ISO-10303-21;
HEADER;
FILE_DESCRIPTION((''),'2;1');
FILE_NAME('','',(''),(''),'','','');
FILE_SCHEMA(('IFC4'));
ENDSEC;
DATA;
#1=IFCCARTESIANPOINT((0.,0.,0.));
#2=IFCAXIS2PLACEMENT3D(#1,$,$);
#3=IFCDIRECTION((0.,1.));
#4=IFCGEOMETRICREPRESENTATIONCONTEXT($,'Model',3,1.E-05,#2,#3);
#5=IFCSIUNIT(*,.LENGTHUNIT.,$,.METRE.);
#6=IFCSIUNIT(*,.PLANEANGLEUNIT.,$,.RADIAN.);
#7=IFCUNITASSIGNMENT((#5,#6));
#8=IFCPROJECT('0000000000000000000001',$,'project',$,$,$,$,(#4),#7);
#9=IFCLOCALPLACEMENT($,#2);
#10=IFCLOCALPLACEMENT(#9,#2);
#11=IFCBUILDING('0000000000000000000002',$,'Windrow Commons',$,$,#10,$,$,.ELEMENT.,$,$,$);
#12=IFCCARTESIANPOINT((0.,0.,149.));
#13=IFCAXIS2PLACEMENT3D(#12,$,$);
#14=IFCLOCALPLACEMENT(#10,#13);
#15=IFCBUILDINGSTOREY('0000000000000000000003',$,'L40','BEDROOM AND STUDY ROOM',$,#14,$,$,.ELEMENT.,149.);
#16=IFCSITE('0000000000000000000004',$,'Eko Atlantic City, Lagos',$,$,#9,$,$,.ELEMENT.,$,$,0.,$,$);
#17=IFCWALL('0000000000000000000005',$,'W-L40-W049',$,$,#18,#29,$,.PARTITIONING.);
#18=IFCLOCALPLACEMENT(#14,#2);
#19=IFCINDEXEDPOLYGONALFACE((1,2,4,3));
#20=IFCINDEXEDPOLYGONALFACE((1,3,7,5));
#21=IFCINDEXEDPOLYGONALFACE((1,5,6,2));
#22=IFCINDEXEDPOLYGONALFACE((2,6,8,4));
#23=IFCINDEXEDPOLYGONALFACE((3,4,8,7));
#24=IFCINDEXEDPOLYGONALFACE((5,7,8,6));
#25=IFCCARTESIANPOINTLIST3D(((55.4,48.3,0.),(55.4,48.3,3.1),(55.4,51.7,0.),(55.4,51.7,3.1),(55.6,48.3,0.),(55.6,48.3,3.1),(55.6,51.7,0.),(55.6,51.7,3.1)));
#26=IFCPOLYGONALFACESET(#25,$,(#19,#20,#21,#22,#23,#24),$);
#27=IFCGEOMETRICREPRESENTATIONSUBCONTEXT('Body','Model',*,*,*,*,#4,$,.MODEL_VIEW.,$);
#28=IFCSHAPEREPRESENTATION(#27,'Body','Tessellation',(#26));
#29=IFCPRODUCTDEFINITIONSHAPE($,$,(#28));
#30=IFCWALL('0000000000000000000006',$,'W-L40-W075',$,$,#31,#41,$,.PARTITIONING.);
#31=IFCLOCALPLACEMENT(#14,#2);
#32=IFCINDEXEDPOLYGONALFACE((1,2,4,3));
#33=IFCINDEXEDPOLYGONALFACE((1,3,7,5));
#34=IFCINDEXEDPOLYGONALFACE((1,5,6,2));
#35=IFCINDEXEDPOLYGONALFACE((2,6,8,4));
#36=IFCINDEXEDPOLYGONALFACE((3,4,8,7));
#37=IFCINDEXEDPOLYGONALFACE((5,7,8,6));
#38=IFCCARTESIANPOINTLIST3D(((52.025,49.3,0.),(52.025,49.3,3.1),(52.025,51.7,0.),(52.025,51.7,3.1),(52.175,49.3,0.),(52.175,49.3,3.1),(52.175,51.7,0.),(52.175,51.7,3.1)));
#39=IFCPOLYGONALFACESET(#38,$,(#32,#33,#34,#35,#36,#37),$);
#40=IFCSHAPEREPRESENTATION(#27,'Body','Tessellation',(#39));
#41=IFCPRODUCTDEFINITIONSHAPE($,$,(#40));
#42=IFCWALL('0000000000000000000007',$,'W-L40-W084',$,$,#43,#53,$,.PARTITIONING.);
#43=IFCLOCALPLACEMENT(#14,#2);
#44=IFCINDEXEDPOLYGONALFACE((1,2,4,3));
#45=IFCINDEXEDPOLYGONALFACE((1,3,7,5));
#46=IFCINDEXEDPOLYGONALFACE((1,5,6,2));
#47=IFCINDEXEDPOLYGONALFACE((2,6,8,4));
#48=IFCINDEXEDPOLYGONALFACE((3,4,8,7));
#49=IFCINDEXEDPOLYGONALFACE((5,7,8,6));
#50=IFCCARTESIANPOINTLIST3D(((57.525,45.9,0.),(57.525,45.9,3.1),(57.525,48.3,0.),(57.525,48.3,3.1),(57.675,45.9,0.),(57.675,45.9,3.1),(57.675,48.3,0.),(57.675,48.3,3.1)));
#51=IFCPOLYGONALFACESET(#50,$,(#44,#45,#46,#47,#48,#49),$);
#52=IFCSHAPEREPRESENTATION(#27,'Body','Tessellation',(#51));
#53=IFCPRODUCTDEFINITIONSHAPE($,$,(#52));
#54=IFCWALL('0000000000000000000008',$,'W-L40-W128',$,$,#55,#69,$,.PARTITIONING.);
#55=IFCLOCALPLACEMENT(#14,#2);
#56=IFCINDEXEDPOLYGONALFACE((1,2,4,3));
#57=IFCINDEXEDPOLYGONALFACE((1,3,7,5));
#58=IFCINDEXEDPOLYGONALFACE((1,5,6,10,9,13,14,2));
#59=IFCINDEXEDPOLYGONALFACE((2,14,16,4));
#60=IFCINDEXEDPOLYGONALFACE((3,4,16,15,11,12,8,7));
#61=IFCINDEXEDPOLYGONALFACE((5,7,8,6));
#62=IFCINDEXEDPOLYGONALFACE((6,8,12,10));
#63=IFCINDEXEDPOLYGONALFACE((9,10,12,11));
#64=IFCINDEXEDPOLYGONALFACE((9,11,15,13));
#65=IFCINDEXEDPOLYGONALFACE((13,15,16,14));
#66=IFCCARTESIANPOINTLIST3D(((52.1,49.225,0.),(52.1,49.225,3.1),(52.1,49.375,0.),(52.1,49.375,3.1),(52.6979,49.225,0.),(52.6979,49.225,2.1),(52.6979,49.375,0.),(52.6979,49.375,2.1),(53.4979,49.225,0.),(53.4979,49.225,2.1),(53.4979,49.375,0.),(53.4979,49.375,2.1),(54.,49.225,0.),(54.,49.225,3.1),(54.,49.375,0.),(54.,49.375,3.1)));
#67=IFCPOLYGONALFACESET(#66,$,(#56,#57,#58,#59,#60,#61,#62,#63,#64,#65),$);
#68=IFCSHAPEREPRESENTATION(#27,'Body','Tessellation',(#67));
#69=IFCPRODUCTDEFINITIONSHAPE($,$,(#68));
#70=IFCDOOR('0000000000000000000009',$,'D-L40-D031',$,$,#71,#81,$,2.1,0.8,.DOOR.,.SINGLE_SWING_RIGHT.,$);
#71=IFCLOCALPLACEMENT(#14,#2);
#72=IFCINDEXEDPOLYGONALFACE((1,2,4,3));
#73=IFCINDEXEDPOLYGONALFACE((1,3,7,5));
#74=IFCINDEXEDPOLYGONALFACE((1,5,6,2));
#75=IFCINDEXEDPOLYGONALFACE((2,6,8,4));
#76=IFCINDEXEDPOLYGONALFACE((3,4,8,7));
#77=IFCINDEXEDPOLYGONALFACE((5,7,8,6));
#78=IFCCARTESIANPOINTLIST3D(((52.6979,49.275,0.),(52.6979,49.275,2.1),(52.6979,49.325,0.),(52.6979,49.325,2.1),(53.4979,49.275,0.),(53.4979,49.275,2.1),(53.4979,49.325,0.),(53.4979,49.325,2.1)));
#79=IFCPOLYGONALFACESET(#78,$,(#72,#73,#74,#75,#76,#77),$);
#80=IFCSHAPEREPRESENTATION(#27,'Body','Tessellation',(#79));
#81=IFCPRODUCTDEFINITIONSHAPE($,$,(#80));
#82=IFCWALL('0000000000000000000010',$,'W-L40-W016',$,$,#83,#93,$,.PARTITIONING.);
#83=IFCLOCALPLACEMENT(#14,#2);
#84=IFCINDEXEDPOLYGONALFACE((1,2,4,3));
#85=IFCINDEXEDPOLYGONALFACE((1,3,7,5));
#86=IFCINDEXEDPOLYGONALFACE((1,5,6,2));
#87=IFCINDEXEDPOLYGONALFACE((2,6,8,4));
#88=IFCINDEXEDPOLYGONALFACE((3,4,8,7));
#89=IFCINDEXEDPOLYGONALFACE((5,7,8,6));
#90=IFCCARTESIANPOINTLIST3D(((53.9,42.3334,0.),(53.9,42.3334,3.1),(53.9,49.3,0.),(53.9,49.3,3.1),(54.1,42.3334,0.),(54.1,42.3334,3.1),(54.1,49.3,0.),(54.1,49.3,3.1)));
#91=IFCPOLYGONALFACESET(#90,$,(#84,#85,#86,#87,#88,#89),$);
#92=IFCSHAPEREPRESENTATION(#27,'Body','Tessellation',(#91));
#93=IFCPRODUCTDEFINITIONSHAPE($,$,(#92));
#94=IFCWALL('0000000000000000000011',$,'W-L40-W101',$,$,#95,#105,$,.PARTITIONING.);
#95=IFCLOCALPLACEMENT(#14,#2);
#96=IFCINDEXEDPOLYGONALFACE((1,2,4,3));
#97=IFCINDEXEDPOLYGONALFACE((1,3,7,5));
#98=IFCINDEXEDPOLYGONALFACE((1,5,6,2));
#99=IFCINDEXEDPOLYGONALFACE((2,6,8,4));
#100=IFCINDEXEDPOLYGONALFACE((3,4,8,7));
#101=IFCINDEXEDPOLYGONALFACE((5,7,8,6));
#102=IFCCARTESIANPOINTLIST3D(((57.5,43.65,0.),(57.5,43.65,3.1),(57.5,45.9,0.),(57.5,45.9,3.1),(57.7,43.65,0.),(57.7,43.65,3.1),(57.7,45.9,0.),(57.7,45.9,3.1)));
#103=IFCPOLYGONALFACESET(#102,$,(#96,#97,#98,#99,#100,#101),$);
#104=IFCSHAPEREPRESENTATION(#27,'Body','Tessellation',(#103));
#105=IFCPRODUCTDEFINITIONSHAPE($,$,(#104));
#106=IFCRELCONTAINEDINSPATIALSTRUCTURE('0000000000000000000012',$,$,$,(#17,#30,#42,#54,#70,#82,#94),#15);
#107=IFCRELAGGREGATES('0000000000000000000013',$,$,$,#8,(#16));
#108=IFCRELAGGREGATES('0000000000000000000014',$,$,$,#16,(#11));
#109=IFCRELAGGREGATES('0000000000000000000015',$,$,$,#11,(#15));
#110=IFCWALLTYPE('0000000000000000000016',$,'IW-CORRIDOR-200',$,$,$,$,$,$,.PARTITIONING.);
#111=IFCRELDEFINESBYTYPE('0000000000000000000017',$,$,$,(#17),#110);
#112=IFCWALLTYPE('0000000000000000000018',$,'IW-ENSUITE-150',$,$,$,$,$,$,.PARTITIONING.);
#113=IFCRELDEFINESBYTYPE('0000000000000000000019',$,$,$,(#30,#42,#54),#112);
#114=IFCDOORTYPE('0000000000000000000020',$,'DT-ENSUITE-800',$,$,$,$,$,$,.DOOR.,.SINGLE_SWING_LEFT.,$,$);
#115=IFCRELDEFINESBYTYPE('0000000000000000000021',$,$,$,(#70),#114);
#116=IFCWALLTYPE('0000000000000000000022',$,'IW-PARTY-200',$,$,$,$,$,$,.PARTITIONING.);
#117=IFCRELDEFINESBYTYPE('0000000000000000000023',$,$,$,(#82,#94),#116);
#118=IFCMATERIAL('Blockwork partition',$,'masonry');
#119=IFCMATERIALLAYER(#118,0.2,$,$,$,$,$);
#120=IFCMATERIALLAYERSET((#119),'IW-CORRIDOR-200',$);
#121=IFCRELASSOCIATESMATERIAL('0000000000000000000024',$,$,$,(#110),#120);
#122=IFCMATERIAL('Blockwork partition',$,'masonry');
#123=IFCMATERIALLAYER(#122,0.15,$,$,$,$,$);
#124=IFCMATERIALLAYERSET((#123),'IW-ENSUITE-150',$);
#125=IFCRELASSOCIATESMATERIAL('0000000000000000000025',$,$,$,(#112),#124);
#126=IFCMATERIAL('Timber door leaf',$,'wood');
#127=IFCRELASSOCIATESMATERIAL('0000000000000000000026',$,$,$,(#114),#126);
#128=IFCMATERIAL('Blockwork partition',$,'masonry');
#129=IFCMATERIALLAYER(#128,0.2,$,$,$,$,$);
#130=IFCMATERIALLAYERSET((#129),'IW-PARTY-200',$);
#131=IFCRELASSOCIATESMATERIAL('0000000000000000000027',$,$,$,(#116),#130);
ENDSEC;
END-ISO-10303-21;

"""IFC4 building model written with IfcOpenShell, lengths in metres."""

from ifc_helpers import new_model, si_unit, direction, frame, frame_2d, origin, place, context, subcontext, project, spatial, rectangle, extrude, material, layer, layer_set, type_object, element, fill, save


model = new_model("IFC4")

# Units and contexts
model_context = context("Model", 3, precision=1e-05, world=origin(), true_north=direction((0.0, 1.0)))
body_context = subcontext(model_context, "Body", "Model", "MODEL_VIEW")
ifc_project = project(units=[si_unit("LENGTHUNIT", "METRE"), si_unit("PLANEANGLEUNIT", "RADIAN")], contexts=[model_context])

# Site, building, storey
site_placement = place(None, origin())
site = spatial("IfcSite", under=ifc_project, at=site_placement, Name="Eko Atlantic City, Lagos", CompositionType="ELEMENT", RefElevation=0.0)
building_placement = place(site_placement, origin())
building = spatial("IfcBuilding", under=site, at=building_placement, Name="Windrow Commons", CompositionType="ELEMENT")
storey_placement = place(building_placement, frame((0.0, 0.0, 149.0)))
storey = spatial("IfcBuildingStorey", under=building, at=storey_placement, Name="L40", Description="BEDROOM AND STUDY ROOM", CompositionType="ELEMENT", Elevation=149.0)

# Shared definitions
ifc_material_1 = material(Name="Blockwork partition", Category="masonry")
ifc_layer_1 = layer(ifc_material_1, 0.2)
ifc_layer_set_1 = layer_set([ifc_layer_1], Name="IW-CORRIDOR-200")
wall_type_1 = type_object("IfcWallType", Name="IW-CORRIDOR-200", PredefinedType="PARTITIONING", material=ifc_layer_set_1)

# Walls
wall_1_placement = place(storey_placement, frame((55.5, 48.3, 0.0), z_axis=(0.0, 0.0, 1.0), x_axis=(0.0, 1.0, 0.0)))
element("IfcWall", 1, at=wall_1_placement, inside=storey, type_object=wall_type_1, Name="W-L40-W049", PredefinedType="PARTITIONING", context=body_context, shape_type="SweptSolid", body=[
    extrude(rectangle(XDim=3.4, YDim=0.2, at=frame_2d((1.7, 0.0))), origin(), (0.0, 0.0, 1.0), 3.1),
])
ifc_material_2 = material(Name="Blockwork partition", Category="masonry")
ifc_layer_2 = layer(ifc_material_2, 0.15)
ifc_layer_set_2 = layer_set([ifc_layer_2], Name="IW-ENSUITE-150")
wall_type_2 = type_object("IfcWallType", Name="IW-ENSUITE-150", PredefinedType="PARTITIONING", material=ifc_layer_set_2)
for number, where, z_axis, x_axis, name in (
    (2, (52.1, 49.3, 0.0), (0.0, 0.0, 1.0), (0.0, 1.0, 0.0), "W-L40-W075"),
    (3, (57.6, 45.9, 0.0), (0.0, 0.0, 1.0), (0.0, 1.0, 0.0), "W-L40-W084"),
):
    element("IfcWall", number, at=place(storey_placement, frame(where, z_axis=z_axis, x_axis=x_axis)), inside=storey, type_object=wall_type_2, Name=name, PredefinedType="PARTITIONING", context=body_context, shape_type="SweptSolid", body=[
        extrude(rectangle(XDim=2.4, YDim=0.15, at=frame_2d((1.2, 0.0))), origin(), (0.0, 0.0, 1.0), 3.1),
    ])

# Wall, opening, door
wall_2_placement = place(storey_placement, frame((52.1, 49.3, 0.0), z_axis=(0.0, 0.0, 1.0), x_axis=(1.0, 0.0, 0.0)))
wall_2 = element("IfcWall", 4, at=wall_2_placement, inside=storey, type_object=wall_type_2, Name="W-L40-W128", PredefinedType="PARTITIONING", context=body_context, shape_type="SweptSolid", body=[
    extrude(rectangle(XDim=1.9, YDim=0.15, at=frame_2d((0.95, 0.0))), origin(), (0.0, 0.0, 1.0), 3.1),
])
opening_1_placement = place(wall_2_placement, frame((0.5979, 0.0, 0.0)))
opening_1 = element("IfcOpeningElement", 5, at=opening_1_placement, cuts=wall_2, PredefinedType="OPENING", context=body_context, shape_type="SweptSolid", body=[
    extrude(rectangle(XDim=0.8, YDim=2.1, at=frame_2d((0.4, 1.05))), frame((0.0, 0.085, 0.0), z_axis=(0.0, -1.0, 0.0), x_axis=(1.0, 0.0, 0.0)), (0.0, 0.0, 1.0), 0.17),
])
ifc_material_3 = material(Name="Timber door leaf", Category="wood")
door_type_1 = type_object("IfcDoorType", Name="DT-ENSUITE-800", OperationType="SINGLE_SWING_LEFT", PredefinedType="DOOR", material=ifc_material_3)
door_1_placement = place(opening_1_placement, origin())
door_1 = element("IfcDoor", 6, at=door_1_placement, inside=storey, type_object=door_type_1, Name="D-L40-D031", OperationType="SINGLE_SWING_RIGHT", OverallHeight=2.1, OverallWidth=0.8, PredefinedType="DOOR", context=body_context, shape_type="SweptSolid", body=[
    extrude(rectangle(XDim=0.8, YDim=2.1, at=frame_2d((0.4, 1.05))), frame((0.0, 0.025, 0.0), z_axis=(0.0, -1.0, 0.0), x_axis=(1.0, 0.0, 0.0)), (0.0, 0.0, 1.0), 0.05),
])
fill(opening_1, door_1)

# Walls
ifc_material_4 = material(Name="Blockwork partition", Category="masonry")
ifc_layer_3 = layer(ifc_material_4, 0.2)
ifc_layer_set_3 = layer_set([ifc_layer_3], Name="IW-PARTY-200")
wall_type_3 = type_object("IfcWallType", Name="IW-PARTY-200", PredefinedType="PARTITIONING", material=ifc_layer_set_3)
wall_3_placement = place(storey_placement, frame((54.0, 42.3333, 0.0), z_axis=(0.0, 0.0, 1.0), x_axis=(0.0, 1.0, 0.0)))
element("IfcWall", 7, at=wall_3_placement, inside=storey, type_object=wall_type_3, Name="W-L40-W016", PredefinedType="PARTITIONING", context=body_context, shape_type="SweptSolid", body=[
    extrude(rectangle(XDim=6.9667, YDim=0.2, at=frame_2d((3.4834, 0.0))), origin(), (0.0, 0.0, 1.0), 3.1),
])
wall_4_placement = place(storey_placement, frame((57.6, 43.65, 0.0), z_axis=(0.0, 0.0, 1.0), x_axis=(0.0, 1.0, 0.0)))
element("IfcWall", 8, at=wall_4_placement, inside=storey, type_object=wall_type_3, Name="W-L40-W101", PredefinedType="PARTITIONING", context=body_context, shape_type="SweptSolid", body=[
    extrude(rectangle(XDim=2.25, YDim=0.2, at=frame_2d((1.125, 0.0))), origin(), (0.0, 0.0, 1.0), 3.1),
])

save(model, "model.ifc")
